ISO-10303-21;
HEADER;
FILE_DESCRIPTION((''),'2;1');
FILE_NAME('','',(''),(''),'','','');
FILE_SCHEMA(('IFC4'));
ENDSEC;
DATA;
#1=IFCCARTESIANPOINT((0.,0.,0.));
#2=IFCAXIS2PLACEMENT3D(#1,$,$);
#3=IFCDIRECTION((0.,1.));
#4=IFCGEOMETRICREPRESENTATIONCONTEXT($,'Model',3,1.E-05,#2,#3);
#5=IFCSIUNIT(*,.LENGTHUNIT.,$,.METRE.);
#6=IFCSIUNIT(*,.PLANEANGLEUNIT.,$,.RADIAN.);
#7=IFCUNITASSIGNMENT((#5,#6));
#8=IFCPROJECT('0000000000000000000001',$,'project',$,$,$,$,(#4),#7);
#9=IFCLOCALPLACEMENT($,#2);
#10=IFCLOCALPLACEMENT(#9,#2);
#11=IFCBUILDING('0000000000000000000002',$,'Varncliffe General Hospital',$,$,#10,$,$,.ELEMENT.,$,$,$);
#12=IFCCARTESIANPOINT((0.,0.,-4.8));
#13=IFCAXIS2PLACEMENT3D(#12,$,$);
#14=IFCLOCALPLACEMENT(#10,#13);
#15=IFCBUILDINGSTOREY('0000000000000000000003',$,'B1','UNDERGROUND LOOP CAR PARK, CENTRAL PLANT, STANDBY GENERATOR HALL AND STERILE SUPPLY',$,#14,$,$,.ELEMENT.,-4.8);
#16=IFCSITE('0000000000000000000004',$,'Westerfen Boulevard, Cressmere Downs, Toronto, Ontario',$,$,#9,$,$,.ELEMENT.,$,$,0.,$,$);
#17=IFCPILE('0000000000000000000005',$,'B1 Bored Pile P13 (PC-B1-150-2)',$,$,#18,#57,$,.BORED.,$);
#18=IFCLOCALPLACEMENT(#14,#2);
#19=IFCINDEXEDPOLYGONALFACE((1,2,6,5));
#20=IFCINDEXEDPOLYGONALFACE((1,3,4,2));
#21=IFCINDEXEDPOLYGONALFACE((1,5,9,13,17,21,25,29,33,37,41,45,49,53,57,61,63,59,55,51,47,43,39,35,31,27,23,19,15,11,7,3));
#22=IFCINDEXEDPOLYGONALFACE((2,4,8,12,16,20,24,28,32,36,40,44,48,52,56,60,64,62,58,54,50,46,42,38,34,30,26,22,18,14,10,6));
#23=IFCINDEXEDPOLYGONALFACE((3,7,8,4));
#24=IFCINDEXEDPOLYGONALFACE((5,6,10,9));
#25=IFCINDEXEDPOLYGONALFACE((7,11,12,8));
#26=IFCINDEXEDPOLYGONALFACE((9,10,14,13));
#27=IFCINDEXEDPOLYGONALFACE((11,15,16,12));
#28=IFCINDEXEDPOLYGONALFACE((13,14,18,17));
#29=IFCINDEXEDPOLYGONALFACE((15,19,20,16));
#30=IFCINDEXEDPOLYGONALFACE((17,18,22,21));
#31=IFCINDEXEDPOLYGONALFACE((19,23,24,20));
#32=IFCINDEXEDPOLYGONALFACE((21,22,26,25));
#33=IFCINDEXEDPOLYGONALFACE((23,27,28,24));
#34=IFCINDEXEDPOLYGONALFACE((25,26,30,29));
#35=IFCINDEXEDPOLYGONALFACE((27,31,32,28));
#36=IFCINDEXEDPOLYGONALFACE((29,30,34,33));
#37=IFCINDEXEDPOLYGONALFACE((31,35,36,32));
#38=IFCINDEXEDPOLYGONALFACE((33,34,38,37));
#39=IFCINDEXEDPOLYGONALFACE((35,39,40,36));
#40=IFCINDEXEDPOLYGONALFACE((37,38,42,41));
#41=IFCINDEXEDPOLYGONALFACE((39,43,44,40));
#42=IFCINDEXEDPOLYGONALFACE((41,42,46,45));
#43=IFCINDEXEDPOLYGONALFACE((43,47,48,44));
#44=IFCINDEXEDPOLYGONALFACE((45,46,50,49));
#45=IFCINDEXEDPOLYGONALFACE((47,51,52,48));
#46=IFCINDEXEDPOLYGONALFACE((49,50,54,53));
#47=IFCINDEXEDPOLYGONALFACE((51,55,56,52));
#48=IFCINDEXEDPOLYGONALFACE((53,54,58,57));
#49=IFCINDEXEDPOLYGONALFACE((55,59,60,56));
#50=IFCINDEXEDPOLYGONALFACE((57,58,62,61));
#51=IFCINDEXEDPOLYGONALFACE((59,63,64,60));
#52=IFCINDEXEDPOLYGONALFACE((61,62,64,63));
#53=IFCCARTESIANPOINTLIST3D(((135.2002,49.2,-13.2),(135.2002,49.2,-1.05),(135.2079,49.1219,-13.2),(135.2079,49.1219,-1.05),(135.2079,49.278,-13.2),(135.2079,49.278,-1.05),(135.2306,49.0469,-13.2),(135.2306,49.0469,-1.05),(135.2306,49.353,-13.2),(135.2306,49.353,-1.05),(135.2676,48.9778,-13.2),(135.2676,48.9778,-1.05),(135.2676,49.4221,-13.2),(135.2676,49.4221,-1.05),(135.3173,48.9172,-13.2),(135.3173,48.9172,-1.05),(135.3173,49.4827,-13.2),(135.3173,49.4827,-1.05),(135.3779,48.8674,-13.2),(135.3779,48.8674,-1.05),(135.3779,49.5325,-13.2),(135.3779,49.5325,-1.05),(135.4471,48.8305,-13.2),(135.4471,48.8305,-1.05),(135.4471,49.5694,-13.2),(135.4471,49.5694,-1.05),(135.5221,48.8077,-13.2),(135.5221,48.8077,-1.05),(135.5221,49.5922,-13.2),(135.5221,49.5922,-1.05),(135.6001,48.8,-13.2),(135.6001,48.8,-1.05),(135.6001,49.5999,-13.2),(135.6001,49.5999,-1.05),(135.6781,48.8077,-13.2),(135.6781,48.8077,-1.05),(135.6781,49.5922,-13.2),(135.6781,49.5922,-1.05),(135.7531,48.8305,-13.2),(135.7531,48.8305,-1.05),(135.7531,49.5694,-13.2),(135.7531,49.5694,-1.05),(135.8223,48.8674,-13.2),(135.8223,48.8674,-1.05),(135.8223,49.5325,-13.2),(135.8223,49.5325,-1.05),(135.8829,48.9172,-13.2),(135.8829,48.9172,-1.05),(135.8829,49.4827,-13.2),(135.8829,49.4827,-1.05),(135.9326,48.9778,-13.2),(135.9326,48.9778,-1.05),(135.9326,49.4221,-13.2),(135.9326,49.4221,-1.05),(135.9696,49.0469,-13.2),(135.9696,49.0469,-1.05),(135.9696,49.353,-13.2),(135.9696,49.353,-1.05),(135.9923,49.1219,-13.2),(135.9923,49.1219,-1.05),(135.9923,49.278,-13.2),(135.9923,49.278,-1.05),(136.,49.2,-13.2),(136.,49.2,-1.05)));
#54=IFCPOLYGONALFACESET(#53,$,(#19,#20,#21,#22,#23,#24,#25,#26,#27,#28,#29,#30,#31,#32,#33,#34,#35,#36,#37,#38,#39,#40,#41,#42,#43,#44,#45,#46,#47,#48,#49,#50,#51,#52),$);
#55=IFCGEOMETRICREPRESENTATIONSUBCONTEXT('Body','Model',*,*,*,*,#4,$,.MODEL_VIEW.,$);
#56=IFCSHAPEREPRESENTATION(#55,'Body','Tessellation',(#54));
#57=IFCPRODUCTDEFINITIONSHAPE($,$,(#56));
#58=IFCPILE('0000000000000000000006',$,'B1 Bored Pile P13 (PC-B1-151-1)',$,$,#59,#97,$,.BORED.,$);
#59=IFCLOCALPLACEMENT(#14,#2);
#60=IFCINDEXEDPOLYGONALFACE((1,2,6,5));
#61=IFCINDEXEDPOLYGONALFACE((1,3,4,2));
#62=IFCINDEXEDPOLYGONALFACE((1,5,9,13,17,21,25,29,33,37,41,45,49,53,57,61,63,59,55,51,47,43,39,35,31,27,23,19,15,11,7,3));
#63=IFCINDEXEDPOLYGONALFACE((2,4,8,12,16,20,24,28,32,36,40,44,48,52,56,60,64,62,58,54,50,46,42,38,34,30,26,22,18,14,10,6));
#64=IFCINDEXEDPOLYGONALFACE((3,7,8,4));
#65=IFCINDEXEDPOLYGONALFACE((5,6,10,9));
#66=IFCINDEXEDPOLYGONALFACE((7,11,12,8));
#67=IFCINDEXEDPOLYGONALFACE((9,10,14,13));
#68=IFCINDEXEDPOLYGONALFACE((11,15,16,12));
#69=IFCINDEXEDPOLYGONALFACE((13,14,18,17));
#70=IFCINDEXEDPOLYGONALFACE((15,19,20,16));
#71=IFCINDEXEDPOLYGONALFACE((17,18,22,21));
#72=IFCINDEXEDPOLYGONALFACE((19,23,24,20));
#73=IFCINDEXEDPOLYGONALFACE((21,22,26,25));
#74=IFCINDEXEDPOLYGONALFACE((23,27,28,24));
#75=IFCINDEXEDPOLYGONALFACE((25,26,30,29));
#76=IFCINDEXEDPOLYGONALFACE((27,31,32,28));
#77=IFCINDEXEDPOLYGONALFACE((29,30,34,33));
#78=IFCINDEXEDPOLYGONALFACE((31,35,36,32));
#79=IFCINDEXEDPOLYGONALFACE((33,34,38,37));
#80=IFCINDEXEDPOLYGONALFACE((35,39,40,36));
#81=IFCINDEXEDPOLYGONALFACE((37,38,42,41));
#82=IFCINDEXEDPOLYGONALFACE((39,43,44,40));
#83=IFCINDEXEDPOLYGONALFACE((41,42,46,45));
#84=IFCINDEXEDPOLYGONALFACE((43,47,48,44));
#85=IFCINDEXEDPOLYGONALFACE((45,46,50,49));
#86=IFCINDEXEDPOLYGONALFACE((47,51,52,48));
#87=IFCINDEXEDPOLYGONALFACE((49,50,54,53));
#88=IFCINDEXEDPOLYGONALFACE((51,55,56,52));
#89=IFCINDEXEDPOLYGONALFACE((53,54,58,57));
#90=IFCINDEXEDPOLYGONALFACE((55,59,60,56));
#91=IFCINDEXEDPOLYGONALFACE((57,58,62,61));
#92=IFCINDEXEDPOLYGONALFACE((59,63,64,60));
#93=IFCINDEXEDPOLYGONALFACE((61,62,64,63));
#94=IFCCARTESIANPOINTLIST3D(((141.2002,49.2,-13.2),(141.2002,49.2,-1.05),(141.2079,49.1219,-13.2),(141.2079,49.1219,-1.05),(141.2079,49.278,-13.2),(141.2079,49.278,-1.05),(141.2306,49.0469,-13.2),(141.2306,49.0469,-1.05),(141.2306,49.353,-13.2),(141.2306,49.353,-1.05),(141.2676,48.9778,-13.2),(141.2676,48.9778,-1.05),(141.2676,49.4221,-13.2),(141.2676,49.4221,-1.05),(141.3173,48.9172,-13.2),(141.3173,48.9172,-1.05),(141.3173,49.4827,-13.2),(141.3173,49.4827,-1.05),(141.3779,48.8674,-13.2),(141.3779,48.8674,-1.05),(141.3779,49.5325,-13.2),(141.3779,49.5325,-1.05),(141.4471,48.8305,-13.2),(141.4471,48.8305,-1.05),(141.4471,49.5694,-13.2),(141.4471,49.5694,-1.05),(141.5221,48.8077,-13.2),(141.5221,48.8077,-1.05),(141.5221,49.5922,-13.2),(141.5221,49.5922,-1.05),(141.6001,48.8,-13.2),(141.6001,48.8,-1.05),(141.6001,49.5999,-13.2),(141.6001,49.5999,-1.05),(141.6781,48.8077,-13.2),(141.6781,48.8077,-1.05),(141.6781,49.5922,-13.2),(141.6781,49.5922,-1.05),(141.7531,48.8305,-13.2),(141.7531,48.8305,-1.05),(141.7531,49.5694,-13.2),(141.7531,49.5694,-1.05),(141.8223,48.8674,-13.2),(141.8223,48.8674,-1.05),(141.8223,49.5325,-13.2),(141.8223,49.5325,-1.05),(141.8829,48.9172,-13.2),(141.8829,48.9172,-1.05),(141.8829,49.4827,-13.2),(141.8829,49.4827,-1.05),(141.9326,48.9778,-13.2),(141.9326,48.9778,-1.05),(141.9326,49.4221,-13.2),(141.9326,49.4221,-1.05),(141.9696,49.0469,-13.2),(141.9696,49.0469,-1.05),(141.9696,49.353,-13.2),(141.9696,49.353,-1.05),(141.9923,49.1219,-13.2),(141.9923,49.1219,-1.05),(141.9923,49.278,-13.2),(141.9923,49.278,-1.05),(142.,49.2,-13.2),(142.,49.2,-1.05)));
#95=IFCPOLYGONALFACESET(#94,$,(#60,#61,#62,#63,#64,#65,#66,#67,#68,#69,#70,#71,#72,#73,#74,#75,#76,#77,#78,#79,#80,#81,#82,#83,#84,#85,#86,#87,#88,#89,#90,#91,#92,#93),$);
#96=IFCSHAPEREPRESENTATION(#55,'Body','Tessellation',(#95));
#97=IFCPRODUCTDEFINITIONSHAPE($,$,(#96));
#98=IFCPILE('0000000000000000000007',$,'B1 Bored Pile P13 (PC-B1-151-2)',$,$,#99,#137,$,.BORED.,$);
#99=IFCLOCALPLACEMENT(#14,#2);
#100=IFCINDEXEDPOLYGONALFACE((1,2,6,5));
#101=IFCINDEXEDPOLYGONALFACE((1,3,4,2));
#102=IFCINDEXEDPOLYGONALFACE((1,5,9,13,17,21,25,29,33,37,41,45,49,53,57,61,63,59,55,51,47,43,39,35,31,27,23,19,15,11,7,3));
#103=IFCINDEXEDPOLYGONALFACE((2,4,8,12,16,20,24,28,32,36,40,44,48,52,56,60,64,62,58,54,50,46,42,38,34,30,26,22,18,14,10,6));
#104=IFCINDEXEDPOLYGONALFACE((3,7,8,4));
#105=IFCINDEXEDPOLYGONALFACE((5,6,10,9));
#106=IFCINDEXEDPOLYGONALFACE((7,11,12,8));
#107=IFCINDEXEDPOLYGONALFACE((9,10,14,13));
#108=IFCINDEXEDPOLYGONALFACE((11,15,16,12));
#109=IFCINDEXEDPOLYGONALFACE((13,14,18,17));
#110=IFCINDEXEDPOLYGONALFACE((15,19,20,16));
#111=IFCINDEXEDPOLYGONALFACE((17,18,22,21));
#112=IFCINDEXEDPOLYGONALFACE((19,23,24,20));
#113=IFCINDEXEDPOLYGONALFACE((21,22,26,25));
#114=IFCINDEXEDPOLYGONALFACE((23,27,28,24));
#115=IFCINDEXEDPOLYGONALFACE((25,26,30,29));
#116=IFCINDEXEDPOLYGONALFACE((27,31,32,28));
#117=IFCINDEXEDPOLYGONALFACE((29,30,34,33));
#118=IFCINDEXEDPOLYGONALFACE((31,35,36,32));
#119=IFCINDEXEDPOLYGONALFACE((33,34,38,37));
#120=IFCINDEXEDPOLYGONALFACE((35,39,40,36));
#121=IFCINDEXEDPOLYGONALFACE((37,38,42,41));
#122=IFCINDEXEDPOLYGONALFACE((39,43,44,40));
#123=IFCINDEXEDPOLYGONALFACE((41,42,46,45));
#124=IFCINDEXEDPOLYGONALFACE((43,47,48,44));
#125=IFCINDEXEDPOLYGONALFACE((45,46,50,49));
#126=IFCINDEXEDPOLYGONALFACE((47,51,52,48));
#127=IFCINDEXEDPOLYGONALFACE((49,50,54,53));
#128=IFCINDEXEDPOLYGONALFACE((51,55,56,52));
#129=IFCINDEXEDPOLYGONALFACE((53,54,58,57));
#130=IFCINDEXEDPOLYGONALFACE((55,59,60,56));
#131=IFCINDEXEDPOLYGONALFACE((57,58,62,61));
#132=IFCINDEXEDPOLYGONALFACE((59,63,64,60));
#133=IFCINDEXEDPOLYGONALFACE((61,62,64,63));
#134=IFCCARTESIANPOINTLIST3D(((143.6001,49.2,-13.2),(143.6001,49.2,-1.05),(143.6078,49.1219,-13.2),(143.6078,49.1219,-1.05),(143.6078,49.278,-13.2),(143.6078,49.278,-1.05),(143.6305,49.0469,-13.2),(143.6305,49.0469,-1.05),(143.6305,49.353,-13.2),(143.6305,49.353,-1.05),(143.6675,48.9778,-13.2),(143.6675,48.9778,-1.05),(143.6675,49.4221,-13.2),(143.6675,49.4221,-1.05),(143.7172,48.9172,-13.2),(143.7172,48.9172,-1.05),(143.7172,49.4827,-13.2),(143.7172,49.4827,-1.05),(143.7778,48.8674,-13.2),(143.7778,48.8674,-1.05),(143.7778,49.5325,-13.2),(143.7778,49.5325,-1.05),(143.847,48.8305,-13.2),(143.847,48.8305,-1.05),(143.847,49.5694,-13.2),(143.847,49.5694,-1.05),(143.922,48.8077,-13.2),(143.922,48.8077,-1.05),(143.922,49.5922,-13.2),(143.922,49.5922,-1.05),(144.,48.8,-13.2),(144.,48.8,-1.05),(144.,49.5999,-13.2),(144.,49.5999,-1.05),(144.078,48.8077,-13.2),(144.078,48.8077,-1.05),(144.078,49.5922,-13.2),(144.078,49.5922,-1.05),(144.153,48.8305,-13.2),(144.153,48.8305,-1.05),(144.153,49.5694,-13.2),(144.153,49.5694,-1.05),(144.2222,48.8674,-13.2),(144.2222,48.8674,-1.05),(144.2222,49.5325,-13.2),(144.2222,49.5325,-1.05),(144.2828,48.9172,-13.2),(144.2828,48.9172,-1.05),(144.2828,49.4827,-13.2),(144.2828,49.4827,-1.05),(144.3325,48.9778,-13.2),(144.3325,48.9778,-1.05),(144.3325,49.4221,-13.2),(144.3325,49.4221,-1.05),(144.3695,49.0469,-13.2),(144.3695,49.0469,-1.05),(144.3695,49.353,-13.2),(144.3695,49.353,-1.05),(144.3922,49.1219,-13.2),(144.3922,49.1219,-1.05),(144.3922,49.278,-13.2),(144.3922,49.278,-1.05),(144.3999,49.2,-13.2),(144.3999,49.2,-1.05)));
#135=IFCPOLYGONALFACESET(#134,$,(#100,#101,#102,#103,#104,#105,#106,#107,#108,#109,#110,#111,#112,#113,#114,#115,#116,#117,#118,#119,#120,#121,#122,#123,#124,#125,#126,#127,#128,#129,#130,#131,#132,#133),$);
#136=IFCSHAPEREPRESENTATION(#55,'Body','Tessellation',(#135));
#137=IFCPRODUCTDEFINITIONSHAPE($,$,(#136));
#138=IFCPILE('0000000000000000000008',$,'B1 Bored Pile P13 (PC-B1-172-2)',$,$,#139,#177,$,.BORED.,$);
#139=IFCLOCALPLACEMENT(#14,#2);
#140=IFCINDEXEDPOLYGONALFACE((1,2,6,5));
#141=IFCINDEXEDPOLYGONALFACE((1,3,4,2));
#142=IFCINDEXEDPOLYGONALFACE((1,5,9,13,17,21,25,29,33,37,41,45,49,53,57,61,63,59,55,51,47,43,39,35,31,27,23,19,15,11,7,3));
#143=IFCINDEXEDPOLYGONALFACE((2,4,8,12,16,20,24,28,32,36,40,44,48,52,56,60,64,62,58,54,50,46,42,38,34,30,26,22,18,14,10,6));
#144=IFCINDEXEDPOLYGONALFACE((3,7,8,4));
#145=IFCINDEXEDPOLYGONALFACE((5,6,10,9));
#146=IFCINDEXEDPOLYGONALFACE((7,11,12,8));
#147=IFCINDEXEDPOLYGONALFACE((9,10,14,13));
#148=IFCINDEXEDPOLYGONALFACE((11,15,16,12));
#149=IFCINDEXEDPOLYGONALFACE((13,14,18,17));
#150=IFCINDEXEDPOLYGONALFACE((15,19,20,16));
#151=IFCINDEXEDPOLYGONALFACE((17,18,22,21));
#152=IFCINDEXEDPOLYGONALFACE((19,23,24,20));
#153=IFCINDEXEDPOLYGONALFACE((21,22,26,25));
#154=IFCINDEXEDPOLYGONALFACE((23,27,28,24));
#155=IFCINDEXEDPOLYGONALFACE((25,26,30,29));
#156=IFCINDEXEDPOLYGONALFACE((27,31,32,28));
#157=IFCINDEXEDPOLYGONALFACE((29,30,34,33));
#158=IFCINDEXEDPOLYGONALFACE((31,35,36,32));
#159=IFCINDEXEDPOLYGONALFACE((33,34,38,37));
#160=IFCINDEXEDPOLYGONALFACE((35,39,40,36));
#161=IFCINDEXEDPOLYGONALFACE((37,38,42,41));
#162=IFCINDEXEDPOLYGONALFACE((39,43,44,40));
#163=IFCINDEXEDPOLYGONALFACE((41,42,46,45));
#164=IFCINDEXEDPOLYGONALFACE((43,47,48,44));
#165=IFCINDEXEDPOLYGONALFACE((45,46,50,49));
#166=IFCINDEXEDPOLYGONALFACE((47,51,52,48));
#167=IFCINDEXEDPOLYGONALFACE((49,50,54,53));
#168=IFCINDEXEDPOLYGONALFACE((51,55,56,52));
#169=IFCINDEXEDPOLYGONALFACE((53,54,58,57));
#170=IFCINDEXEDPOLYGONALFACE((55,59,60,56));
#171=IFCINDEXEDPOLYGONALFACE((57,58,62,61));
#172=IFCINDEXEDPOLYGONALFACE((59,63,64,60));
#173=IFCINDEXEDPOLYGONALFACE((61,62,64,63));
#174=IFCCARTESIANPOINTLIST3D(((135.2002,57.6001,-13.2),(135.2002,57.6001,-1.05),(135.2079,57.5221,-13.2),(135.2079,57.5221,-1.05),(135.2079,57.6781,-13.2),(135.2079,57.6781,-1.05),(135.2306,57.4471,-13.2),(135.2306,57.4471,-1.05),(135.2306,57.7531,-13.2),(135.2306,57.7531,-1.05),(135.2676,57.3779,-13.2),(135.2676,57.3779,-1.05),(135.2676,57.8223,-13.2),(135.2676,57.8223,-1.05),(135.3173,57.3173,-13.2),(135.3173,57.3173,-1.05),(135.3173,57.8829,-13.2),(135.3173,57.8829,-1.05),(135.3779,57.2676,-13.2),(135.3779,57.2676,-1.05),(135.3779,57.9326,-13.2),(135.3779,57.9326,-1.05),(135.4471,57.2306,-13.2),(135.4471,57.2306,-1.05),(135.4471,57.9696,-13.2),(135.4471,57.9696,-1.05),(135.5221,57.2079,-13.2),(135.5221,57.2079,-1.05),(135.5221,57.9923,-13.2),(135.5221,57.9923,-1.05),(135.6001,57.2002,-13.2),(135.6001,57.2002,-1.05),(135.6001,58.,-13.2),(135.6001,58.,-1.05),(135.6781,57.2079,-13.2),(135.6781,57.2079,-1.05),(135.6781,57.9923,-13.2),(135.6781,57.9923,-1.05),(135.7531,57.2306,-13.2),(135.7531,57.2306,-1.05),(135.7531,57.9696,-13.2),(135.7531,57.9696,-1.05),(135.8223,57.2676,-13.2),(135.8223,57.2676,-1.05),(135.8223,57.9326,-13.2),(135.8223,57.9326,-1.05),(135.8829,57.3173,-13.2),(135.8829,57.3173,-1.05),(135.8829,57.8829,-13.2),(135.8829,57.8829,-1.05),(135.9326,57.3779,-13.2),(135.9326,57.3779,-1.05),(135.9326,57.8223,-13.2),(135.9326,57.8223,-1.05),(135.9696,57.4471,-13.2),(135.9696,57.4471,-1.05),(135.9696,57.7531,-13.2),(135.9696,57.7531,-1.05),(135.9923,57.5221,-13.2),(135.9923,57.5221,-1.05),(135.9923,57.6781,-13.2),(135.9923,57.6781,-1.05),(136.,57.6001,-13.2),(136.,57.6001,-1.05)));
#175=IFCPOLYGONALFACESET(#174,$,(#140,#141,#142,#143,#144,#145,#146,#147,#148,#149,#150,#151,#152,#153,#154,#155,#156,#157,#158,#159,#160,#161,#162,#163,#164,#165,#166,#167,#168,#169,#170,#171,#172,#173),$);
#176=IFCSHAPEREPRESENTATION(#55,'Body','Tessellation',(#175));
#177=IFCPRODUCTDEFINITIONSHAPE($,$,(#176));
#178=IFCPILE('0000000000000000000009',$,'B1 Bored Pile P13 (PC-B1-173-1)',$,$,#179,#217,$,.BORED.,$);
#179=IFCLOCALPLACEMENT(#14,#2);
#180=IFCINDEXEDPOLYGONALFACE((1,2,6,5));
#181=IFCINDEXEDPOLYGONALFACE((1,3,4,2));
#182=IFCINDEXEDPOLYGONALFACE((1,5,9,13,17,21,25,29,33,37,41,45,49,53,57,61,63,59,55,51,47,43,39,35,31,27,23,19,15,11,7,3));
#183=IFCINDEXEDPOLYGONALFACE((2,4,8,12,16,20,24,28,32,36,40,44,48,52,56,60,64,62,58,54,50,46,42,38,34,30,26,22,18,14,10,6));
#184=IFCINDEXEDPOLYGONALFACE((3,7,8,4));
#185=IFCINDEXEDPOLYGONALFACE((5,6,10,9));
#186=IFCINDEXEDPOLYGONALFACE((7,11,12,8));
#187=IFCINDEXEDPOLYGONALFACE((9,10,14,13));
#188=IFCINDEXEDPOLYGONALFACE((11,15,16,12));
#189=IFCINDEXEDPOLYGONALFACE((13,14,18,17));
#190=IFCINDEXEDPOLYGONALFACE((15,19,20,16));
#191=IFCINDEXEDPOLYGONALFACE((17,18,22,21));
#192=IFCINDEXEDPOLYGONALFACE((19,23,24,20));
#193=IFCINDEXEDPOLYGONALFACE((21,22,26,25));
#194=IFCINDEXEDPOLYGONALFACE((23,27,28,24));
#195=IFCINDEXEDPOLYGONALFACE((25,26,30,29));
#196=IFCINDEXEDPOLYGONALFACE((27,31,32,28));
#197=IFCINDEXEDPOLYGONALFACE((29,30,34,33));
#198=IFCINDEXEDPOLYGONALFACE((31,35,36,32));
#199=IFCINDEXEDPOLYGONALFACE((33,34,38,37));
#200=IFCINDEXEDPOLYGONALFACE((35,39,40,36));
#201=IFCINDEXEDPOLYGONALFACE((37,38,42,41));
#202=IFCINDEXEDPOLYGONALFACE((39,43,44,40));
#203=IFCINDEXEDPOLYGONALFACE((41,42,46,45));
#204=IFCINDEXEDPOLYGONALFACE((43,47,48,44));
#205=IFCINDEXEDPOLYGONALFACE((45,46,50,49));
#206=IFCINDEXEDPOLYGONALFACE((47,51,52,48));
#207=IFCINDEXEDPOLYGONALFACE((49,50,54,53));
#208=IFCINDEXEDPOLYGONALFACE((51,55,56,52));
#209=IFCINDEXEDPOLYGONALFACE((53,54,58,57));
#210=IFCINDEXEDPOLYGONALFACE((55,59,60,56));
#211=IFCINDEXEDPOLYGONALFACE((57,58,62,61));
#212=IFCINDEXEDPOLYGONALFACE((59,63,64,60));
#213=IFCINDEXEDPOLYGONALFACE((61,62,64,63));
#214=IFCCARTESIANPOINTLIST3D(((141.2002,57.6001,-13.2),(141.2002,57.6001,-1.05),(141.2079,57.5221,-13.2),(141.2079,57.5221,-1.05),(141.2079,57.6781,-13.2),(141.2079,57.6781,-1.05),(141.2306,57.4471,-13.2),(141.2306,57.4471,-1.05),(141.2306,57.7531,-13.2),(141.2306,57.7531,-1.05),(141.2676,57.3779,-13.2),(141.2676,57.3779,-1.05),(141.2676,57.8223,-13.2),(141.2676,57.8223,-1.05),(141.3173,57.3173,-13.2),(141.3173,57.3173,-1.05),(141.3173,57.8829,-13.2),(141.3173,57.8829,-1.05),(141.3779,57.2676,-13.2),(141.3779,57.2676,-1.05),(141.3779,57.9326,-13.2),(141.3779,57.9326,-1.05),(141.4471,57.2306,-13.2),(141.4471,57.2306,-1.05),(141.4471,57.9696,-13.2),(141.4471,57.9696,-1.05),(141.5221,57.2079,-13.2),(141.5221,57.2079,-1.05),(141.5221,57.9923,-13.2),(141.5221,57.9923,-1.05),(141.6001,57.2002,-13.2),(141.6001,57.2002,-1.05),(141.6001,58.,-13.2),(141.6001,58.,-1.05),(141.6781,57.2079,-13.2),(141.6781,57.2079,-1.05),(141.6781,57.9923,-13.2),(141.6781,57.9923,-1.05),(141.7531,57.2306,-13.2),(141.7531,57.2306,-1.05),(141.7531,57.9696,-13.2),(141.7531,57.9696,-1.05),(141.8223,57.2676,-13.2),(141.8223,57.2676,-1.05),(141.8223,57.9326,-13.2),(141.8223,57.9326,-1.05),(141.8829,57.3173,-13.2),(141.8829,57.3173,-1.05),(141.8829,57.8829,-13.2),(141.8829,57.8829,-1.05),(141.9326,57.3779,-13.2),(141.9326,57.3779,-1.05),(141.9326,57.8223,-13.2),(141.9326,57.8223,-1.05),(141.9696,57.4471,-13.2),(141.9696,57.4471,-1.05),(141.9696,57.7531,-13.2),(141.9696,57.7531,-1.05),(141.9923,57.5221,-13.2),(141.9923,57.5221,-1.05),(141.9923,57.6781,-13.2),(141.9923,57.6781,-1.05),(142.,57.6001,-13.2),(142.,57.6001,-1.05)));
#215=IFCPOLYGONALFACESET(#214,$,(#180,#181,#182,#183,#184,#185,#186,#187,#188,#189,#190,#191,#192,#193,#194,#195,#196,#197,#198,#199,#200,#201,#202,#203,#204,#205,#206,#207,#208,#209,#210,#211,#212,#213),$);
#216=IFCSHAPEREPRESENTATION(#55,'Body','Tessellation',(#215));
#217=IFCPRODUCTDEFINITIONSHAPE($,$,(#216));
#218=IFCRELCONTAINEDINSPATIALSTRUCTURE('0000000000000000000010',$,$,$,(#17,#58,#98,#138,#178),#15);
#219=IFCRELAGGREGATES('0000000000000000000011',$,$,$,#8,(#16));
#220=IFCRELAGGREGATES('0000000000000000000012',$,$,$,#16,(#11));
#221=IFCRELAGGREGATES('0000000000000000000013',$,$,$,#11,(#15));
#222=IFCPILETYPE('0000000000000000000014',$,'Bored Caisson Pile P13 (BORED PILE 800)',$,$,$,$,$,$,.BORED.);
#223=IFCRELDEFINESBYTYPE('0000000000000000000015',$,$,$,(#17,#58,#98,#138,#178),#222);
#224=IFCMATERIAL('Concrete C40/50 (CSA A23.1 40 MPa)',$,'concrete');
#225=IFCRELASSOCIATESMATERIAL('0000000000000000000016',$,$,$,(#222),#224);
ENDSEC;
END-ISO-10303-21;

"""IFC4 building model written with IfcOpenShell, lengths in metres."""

from ifc_helpers import new_model, si_unit, direction, frame, origin, origin_2d, place, context, subcontext, project, spatial, circle, extrude, material, material_profile, profile_set, type_object, element, save


model = new_model("IFC4")

# Units and contexts
model_context = context("Model", 3, precision=1e-05, world=origin(), true_north=direction((0.0, 1.0)))
body_context = subcontext(model_context, "Body", "Model", "MODEL_VIEW")
ifc_project = project(units=[si_unit("LENGTHUNIT", "METRE"), si_unit("PLANEANGLEUNIT", "RADIAN")], contexts=[model_context])

# Site, building, storey
site_placement = place(None, origin())
site = spatial("IfcSite", under=ifc_project, at=site_placement, Name="Westerfen Boulevard, Cressmere Downs, Toronto, Ontario", CompositionType="ELEMENT", RefElevation=0.0)
building_placement = place(site_placement, origin())
building = spatial("IfcBuilding", under=site, at=building_placement, Name="Varncliffe General Hospital", CompositionType="ELEMENT")
storey_placement = place(building_placement, frame((0.0, 0.0, -4.8)))
storey = spatial("IfcBuildingStorey", under=building, at=storey_placement, Name="B1", Description="UNDERGROUND LOOP CAR PARK, CENTRAL PLANT, STANDBY GENERATOR HALL AND STERILE SUPPLY", CompositionType="ELEMENT", Elevation=-4.8)

# Piles
ifc_material_1 = material(Name="Concrete C40/50 (CSA A23.1 40 MPa)", Category="concrete")
ifc_material_profile_1 = material_profile(ifc_material_1, circle(Radius=0.3999, at=origin_2d()), Name="BORED PILE 800")
ifc_profile_set_1 = profile_set([ifc_material_profile_1], Name="Concrete C40/50 (CSA A23.1 40 MPa)")
pile_type = type_object("IfcPileType", Name="Bored Caisson Pile P13 (BORED PILE 800)", PredefinedType="BORED", material=ifc_profile_set_1)
for number, where, z_axis, x_axis, name in (
    (1, (135.6001, 49.2, -1.05), (0.0, 0.0, -1.0), (1.0, 0.0, 0.0), "B1 Bored Pile P13 (PC-B1-150-2)"),
    (2, (141.6001, 49.2, -1.05), (0.0, 0.0, -1.0), (1.0, 0.0, 0.0), "B1 Bored Pile P13 (PC-B1-151-1)"),
    (3, (144.0, 49.2, -1.05), (0.0, 0.0, -1.0), (1.0, 0.0, 0.0), "B1 Bored Pile P13 (PC-B1-151-2)"),
    (4, (135.6001, 57.6001, -1.05), (0.0, 0.0, -1.0), (1.0, 0.0, 0.0), "B1 Bored Pile P13 (PC-B1-172-2)"),
    (5, (141.6001, 57.6001, -1.05), (0.0, 0.0, -1.0), (1.0, 0.0, 0.0), "B1 Bored Pile P13 (PC-B1-173-1)"),
):
    element("IfcPile", number, at=place(storey_placement, frame(where, z_axis=z_axis, x_axis=x_axis)), inside=storey, type_object=pile_type, Name=name, PredefinedType="BORED", context=body_context, shape_type="SweptSolid", body=[
        extrude(circle(Radius=0.3999, at=origin_2d()), origin(), (0.0, 0.0, 1.0), 12.1499),
    ])

save(model, "model.ifc")
